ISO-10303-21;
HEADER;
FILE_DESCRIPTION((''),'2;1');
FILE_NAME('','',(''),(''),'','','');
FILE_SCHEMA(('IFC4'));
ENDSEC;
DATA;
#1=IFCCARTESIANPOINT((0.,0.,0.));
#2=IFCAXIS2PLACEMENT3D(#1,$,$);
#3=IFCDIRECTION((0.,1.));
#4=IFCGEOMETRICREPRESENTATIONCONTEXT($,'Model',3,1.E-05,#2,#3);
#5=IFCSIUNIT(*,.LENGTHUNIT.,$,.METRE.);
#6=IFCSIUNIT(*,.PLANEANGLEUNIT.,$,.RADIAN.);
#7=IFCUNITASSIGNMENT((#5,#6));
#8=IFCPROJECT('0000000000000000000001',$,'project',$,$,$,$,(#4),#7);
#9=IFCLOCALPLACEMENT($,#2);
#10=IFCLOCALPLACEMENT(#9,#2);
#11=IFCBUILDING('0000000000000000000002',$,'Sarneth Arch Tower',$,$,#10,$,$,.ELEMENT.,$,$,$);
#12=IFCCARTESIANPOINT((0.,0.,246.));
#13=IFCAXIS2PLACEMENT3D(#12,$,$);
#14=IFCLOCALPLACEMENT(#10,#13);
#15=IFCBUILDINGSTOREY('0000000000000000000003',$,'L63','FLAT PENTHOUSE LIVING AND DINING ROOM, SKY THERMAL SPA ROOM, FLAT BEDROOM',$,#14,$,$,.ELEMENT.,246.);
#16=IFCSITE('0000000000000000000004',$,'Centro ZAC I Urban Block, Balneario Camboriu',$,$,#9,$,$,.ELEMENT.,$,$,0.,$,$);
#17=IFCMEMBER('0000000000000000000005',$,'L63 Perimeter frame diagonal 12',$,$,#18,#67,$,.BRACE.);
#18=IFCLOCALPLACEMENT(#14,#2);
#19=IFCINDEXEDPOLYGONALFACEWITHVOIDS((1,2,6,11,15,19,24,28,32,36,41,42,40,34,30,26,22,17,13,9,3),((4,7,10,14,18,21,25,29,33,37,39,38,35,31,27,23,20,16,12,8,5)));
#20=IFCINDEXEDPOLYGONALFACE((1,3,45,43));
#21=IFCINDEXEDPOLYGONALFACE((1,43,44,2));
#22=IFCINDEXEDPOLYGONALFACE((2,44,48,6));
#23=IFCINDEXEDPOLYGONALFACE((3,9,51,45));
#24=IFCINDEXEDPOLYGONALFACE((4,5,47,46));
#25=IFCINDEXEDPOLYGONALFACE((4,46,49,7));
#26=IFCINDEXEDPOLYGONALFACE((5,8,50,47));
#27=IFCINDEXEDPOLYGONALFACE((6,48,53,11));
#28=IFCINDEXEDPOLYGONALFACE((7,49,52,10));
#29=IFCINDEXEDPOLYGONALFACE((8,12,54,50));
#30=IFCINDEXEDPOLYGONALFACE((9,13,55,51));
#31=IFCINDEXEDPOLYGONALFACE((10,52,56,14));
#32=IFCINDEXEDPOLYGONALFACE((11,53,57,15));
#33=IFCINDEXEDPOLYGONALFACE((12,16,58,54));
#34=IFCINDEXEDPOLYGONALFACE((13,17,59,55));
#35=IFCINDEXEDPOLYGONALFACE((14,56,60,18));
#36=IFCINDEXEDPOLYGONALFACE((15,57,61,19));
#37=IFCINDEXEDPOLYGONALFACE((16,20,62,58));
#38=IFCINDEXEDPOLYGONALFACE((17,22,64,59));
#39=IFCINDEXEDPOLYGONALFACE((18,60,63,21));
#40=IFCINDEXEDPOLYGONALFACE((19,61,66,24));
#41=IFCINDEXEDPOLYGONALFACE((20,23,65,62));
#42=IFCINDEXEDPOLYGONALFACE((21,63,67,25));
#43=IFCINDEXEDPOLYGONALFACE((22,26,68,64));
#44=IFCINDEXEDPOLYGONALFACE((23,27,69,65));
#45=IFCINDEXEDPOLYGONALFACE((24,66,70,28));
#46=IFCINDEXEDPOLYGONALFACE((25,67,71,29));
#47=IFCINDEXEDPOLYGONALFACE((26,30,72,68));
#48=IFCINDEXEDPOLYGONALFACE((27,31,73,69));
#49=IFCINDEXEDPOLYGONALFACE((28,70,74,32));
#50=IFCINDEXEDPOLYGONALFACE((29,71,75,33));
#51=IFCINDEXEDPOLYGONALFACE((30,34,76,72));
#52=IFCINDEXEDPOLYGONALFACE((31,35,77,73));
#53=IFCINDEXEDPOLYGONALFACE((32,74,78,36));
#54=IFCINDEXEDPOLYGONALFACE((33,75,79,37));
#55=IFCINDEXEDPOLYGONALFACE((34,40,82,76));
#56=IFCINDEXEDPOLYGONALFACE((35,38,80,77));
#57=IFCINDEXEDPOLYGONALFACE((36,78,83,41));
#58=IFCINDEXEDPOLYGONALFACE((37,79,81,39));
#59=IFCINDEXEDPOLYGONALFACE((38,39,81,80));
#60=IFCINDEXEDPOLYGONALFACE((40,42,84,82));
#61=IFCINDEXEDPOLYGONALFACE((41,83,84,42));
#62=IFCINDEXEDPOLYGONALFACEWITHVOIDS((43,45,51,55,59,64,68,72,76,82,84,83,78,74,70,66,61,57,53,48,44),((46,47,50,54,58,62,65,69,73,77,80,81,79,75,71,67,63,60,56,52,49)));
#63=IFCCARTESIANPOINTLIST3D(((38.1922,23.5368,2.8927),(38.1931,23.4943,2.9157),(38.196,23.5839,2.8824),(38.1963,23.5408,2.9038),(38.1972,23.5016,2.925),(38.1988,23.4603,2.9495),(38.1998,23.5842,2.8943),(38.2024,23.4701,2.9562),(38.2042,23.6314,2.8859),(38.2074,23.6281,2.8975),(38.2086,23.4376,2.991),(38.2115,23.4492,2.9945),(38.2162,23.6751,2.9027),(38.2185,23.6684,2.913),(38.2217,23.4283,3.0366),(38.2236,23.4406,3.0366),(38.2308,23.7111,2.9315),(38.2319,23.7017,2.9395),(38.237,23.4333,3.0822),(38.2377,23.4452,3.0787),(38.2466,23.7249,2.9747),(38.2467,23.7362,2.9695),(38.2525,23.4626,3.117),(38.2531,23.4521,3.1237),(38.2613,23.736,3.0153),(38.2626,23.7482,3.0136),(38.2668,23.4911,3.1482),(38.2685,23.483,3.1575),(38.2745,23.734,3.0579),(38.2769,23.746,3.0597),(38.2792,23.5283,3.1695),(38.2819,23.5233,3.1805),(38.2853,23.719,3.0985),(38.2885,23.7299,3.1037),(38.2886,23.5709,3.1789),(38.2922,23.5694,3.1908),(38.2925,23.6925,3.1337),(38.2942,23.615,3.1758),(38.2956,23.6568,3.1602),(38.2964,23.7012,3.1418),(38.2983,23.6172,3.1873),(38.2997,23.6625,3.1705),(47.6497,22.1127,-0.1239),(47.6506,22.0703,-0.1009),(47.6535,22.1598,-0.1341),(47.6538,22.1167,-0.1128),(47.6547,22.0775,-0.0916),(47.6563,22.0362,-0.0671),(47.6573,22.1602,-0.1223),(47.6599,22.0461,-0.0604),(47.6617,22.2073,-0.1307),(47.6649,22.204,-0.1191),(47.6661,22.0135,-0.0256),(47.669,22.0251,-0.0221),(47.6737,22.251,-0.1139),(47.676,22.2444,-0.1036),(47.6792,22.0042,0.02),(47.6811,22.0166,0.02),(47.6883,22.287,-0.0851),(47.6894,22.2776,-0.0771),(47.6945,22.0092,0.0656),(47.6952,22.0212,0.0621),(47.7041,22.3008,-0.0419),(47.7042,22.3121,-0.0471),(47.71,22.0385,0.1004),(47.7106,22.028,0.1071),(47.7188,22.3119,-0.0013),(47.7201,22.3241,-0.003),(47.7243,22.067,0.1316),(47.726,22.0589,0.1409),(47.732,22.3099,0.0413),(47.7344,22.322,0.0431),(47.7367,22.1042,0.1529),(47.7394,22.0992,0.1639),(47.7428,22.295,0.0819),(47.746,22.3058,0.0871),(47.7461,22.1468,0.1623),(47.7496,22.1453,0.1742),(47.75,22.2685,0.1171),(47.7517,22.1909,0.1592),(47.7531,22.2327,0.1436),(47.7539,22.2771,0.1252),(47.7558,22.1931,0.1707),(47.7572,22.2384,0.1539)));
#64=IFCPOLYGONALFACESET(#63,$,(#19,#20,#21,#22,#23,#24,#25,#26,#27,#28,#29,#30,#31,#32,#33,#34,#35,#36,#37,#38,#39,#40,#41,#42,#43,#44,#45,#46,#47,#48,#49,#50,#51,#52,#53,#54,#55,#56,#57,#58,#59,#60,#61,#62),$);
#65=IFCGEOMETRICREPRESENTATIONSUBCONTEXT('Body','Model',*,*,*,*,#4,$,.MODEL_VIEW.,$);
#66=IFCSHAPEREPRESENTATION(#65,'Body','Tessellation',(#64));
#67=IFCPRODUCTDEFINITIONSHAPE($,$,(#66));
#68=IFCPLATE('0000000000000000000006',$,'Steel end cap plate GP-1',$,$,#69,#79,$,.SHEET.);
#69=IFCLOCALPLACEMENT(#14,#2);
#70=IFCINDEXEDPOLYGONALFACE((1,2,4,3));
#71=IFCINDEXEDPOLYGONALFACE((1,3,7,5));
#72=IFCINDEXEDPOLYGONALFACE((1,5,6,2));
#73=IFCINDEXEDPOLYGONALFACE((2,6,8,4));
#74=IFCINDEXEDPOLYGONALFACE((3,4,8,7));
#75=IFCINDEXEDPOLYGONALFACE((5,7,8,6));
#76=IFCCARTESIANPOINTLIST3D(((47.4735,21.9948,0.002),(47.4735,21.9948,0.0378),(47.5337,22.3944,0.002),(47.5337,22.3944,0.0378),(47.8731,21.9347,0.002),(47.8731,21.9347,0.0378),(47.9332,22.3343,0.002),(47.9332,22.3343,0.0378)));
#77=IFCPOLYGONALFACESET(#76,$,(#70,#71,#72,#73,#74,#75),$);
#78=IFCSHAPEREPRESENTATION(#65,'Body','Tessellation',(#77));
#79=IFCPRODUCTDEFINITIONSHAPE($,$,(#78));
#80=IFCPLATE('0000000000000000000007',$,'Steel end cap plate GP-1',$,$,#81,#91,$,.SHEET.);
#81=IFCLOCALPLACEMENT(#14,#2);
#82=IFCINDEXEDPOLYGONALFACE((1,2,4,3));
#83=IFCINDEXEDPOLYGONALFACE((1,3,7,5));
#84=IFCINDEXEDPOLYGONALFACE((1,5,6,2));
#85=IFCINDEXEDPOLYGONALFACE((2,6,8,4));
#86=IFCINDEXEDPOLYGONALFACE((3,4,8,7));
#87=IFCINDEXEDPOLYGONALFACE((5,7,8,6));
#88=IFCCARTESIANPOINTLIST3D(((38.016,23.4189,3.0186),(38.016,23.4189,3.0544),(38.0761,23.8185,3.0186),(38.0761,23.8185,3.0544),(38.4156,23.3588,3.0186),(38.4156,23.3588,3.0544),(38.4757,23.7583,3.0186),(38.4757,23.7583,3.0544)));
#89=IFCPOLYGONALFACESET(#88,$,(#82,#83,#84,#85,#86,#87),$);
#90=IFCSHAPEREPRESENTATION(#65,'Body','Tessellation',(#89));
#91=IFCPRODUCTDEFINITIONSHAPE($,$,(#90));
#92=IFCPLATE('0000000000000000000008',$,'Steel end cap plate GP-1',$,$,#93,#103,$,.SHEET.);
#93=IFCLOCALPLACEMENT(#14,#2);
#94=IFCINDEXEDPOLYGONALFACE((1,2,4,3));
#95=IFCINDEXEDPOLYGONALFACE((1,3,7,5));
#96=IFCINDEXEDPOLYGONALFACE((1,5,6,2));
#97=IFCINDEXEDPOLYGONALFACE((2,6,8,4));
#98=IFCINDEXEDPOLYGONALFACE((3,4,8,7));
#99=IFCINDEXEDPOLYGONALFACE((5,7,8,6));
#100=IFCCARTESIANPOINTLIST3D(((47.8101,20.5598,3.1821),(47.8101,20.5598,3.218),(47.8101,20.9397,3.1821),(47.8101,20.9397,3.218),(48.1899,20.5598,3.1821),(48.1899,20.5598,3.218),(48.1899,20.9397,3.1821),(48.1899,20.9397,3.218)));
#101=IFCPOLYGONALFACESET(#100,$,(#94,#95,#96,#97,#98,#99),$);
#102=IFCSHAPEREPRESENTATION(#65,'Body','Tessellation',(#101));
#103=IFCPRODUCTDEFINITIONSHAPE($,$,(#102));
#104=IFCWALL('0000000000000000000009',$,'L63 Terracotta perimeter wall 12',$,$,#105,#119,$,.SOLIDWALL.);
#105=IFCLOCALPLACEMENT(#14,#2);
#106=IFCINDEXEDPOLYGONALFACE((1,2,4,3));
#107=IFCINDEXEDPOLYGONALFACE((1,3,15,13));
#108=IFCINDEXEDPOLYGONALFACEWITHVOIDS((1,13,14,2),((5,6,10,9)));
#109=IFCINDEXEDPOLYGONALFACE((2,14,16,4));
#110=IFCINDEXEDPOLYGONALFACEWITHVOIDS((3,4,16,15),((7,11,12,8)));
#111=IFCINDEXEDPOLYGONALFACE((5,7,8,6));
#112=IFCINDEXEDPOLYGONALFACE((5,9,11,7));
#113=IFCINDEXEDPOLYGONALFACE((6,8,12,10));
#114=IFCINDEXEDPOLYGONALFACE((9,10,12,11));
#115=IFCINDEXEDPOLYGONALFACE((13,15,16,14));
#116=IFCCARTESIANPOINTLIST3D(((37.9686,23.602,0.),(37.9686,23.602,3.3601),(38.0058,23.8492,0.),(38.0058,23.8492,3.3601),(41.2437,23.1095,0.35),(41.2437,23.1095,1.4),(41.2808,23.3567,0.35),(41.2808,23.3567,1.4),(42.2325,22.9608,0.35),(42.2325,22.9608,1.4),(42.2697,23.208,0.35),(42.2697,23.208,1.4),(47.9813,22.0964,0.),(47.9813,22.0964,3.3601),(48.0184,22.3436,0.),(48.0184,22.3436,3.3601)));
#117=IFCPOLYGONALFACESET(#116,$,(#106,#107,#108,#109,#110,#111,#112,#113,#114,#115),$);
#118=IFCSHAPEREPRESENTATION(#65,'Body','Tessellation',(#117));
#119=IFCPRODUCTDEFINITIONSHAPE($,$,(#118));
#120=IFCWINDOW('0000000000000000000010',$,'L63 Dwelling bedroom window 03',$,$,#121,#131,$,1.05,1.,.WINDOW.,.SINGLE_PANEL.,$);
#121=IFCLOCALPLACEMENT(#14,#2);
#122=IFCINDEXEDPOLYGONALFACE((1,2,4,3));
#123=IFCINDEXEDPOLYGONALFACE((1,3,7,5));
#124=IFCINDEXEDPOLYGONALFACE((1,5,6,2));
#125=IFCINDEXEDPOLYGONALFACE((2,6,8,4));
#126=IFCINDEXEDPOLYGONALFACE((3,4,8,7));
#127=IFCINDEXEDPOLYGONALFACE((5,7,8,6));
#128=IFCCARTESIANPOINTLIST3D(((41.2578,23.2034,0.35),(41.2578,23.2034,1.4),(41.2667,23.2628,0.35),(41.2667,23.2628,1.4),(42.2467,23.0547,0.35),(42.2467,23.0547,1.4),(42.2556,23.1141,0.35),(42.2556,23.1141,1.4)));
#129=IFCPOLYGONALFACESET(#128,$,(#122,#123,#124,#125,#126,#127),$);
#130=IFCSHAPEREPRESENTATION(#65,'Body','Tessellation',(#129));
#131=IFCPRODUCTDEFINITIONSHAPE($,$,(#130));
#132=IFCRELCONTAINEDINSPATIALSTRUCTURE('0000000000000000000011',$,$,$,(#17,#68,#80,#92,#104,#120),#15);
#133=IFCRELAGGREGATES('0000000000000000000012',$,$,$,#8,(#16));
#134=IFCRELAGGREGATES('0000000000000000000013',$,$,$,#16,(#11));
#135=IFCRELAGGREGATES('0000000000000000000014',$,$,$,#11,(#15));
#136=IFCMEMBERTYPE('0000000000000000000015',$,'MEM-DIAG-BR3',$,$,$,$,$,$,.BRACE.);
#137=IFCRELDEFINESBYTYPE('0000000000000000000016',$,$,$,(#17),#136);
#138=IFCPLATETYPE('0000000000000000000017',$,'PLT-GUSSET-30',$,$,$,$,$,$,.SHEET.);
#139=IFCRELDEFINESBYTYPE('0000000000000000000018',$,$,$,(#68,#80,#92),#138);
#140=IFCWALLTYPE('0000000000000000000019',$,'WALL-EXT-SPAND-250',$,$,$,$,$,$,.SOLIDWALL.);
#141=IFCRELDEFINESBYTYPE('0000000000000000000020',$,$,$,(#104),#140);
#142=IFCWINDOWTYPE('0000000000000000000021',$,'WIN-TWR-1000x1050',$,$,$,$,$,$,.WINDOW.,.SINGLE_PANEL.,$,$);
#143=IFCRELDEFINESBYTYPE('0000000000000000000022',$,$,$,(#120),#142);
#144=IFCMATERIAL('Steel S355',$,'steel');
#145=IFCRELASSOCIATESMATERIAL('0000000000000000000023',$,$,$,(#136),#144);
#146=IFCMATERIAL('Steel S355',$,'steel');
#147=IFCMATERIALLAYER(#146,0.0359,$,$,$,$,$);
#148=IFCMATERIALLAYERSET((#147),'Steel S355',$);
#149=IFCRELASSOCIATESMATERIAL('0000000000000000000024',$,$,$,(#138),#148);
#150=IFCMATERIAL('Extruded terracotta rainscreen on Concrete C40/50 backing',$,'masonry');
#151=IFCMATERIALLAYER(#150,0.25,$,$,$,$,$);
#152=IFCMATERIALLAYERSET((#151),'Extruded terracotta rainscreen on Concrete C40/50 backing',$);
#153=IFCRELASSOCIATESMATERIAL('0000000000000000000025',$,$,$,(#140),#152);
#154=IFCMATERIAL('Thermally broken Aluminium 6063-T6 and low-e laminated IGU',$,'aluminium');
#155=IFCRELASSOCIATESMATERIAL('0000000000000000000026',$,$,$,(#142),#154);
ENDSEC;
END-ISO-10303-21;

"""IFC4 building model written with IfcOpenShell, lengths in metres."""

from ifc_helpers import new_model, si_unit, direction, frame, frame_2d, origin, origin_2d, place, context, subcontext, project, spatial, rectangle, hollow_circle, extrude, material, layer, layer_set, material_profile, profile_set, type_object, element, fill, save


model = new_model("IFC4")

# Units and contexts
model_context = context("Model", 3, precision=1e-05, world=origin(), true_north=direction((0.0, 1.0)))
body_context = subcontext(model_context, "Body", "Model", "MODEL_VIEW")
ifc_project = project(units=[si_unit("LENGTHUNIT", "METRE"), si_unit("PLANEANGLEUNIT", "RADIAN")], contexts=[model_context])

# Site, building, storey
site_placement = place(None, origin())
site = spatial("IfcSite", under=ifc_project, at=site_placement, Name="Centro ZAC I Urban Block, Balneario Camboriu", CompositionType="ELEMENT", RefElevation=0.0)
building_placement = place(site_placement, origin())
building = spatial("IfcBuilding", under=site, at=building_placement, Name="Sarneth Arch Tower", CompositionType="ELEMENT")
storey_placement = place(building_placement, frame((0.0, 0.0, 246.0)))
storey = spatial("IfcBuildingStorey", under=building, at=storey_placement, Name="L63", Description="FLAT PENTHOUSE LIVING AND DINING ROOM, SKY THERMAL SPA ROOM, FLAT BEDROOM", CompositionType="ELEMENT", Elevation=246.0)

# Member
ifc_material_1 = material(Name="Steel S355", Category="steel")
ifc_material_profile_1 = material_profile(ifc_material_1, hollow_circle(Radius=0.1621, WallThickness=0.0125, at=origin_2d()), Name="CHS324x12.5")
ifc_profile_set_1 = profile_set([ifc_material_profile_1], Name="Steel S355")
member_type_1 = type_object("IfcMemberType", Name="MEM-DIAG-BR3", PredefinedType="BRACE", material=ifc_profile_set_1)
member_1_placement = place(storey_placement, frame((47.7034, 22.1646, 0.02), z_axis=(-0.943056, 0.142001, 0.3008), x_axis=(-0.148897, -0.988853, 0.0)))
element("IfcMember", 1, at=member_1_placement, inside=storey, type_object=member_type_1, Name="L63 Perimeter frame diagonal 12", PredefinedType="BRACE", context=body_context, shape_type="SweptSolid", body=[
    extrude(hollow_circle(Radius=0.1621, WallThickness=0.0125, at=origin_2d()), origin(), (0.0, 0.0, 1.0), 10.0286),
])

# Plates
ifc_material_2 = material(Name="Steel S355", Category="steel")
ifc_layer_1 = layer(ifc_material_2, 0.0359)
ifc_layer_set_1 = layer_set([ifc_layer_1], Name="Steel S355")
plate_type = type_object("IfcPlateType", Name="PLT-GUSSET-30", PredefinedType="SHEET", material=ifc_layer_set_1)
for number, where, z_axis, x_axis, name in (
    (2, (47.7034, 22.1646, 0.002), (0.0, 0.0, 1.0), (0.988861, -0.148845, 0.0), "Steel end cap plate GP-1"),
    (3, (38.2458, 23.5886, 3.0186), (0.0, 0.0, 1.0), (0.988861, -0.148845, 0.0), "Steel end cap plate GP-1"),
):
    element("IfcPlate", number, at=place(storey_placement, frame(where, z_axis=z_axis, x_axis=x_axis)), inside=storey, type_object=plate_type, Name=name, PredefinedType="SHEET", context=body_context, shape_type="SweptSolid", body=[
        extrude(rectangle(XDim=0.4041, YDim=0.4041, at=origin_2d()), origin(), (0.0, 0.0, 1.0), 0.0359),
    ])
plate_placement = place(storey_placement, frame((48.0, 20.7498, 3.1821), z_axis=(0.0, 0.0, 1.0), x_axis=(0.0, -1.0, 0.0)))
element("IfcPlate", 4, at=plate_placement, inside=storey, type_object=plate_type, Name="Steel end cap plate GP-1", PredefinedType="SHEET", context=body_context, shape_type="SweptSolid", body=[
    extrude(rectangle(XDim=0.3799, YDim=0.3799, at=origin_2d()), origin(), (0.0, 0.0, 1.0), 0.0359),
])

# Wall, opening, window
ifc_material_3 = material(Name="Extruded terracotta rainscreen on Concrete C40/50 backing", Category="masonry")
ifc_layer_2 = layer(ifc_material_3, 0.25)
ifc_layer_set_2 = layer_set([ifc_layer_2], Name="Extruded terracotta rainscreen on Concrete C40/50 backing")
wall_type_1 = type_object("IfcWallType", Name="WALL-EXT-SPAND-250", PredefinedType="SOLIDWALL", material=ifc_layer_set_2)
wall_1_placement = place(storey_placement, frame((37.9873, 23.7256, 0.0), z_axis=(0.0, 0.0, 1.0), x_axis=(0.988883, -0.148699, 0.0)))
wall_1 = element("IfcWall", 5, at=wall_1_placement, inside=storey, type_object=wall_type_1, Name="L63 Terracotta perimeter wall 12", PredefinedType="SOLIDWALL", context=body_context, shape_type="SweptSolid", body=[
    extrude(rectangle(XDim=10.1252, YDim=0.25, at=frame_2d((5.0625, 0.0))), origin(), (0.0, 0.0, 1.0), 3.3601),
])
opening_1_placement = place(wall_1_placement, frame((3.3118, 0.0, 0.3501)))
opening_1 = element("IfcOpeningElement", 6, at=opening_1_placement, cuts=wall_1, PredefinedType="OPENING", context=body_context, shape_type="SweptSolid", body=[
    extrude(rectangle(XDim=1.0, YDim=1.05, at=frame_2d((0.5, 0.5249))), frame((0.0, 0.135, 0.0), z_axis=(0.0, -1.0, 0.0), x_axis=(1.0, 0.0, 0.0)), (0.0, 0.0, 1.0), 0.27),
])
ifc_material_4 = material(Name="Thermally broken Aluminium 6063-T6 and low-e laminated IGU", Category="aluminium")
window_type_1 = type_object("IfcWindowType", Name="WIN-TWR-1000x1050", PartitioningType="SINGLE_PANEL", PredefinedType="WINDOW", material=ifc_material_4)
window_1_placement = place(opening_1_placement, origin())
window_1 = element("IfcWindow", 7, at=window_1_placement, inside=storey, type_object=window_type_1, Name="L63 Dwelling bedroom window 03", OverallHeight=1.05, OverallWidth=1.0, PartitioningType="SINGLE_PANEL", PredefinedType="WINDOW", context=body_context, shape_type="SweptSolid", body=[
    extrude(rectangle(XDim=1.0, YDim=1.05, at=frame_2d((0.5, 0.5249))), frame((0.0, 0.03, 0.0), z_axis=(0.0, -1.0, 0.0), x_axis=(1.0, 0.0, 0.0)), (0.0, 0.0, 1.0), 0.0601),
])
fill(opening_1, window_1)

save(model, "model.ifc")
